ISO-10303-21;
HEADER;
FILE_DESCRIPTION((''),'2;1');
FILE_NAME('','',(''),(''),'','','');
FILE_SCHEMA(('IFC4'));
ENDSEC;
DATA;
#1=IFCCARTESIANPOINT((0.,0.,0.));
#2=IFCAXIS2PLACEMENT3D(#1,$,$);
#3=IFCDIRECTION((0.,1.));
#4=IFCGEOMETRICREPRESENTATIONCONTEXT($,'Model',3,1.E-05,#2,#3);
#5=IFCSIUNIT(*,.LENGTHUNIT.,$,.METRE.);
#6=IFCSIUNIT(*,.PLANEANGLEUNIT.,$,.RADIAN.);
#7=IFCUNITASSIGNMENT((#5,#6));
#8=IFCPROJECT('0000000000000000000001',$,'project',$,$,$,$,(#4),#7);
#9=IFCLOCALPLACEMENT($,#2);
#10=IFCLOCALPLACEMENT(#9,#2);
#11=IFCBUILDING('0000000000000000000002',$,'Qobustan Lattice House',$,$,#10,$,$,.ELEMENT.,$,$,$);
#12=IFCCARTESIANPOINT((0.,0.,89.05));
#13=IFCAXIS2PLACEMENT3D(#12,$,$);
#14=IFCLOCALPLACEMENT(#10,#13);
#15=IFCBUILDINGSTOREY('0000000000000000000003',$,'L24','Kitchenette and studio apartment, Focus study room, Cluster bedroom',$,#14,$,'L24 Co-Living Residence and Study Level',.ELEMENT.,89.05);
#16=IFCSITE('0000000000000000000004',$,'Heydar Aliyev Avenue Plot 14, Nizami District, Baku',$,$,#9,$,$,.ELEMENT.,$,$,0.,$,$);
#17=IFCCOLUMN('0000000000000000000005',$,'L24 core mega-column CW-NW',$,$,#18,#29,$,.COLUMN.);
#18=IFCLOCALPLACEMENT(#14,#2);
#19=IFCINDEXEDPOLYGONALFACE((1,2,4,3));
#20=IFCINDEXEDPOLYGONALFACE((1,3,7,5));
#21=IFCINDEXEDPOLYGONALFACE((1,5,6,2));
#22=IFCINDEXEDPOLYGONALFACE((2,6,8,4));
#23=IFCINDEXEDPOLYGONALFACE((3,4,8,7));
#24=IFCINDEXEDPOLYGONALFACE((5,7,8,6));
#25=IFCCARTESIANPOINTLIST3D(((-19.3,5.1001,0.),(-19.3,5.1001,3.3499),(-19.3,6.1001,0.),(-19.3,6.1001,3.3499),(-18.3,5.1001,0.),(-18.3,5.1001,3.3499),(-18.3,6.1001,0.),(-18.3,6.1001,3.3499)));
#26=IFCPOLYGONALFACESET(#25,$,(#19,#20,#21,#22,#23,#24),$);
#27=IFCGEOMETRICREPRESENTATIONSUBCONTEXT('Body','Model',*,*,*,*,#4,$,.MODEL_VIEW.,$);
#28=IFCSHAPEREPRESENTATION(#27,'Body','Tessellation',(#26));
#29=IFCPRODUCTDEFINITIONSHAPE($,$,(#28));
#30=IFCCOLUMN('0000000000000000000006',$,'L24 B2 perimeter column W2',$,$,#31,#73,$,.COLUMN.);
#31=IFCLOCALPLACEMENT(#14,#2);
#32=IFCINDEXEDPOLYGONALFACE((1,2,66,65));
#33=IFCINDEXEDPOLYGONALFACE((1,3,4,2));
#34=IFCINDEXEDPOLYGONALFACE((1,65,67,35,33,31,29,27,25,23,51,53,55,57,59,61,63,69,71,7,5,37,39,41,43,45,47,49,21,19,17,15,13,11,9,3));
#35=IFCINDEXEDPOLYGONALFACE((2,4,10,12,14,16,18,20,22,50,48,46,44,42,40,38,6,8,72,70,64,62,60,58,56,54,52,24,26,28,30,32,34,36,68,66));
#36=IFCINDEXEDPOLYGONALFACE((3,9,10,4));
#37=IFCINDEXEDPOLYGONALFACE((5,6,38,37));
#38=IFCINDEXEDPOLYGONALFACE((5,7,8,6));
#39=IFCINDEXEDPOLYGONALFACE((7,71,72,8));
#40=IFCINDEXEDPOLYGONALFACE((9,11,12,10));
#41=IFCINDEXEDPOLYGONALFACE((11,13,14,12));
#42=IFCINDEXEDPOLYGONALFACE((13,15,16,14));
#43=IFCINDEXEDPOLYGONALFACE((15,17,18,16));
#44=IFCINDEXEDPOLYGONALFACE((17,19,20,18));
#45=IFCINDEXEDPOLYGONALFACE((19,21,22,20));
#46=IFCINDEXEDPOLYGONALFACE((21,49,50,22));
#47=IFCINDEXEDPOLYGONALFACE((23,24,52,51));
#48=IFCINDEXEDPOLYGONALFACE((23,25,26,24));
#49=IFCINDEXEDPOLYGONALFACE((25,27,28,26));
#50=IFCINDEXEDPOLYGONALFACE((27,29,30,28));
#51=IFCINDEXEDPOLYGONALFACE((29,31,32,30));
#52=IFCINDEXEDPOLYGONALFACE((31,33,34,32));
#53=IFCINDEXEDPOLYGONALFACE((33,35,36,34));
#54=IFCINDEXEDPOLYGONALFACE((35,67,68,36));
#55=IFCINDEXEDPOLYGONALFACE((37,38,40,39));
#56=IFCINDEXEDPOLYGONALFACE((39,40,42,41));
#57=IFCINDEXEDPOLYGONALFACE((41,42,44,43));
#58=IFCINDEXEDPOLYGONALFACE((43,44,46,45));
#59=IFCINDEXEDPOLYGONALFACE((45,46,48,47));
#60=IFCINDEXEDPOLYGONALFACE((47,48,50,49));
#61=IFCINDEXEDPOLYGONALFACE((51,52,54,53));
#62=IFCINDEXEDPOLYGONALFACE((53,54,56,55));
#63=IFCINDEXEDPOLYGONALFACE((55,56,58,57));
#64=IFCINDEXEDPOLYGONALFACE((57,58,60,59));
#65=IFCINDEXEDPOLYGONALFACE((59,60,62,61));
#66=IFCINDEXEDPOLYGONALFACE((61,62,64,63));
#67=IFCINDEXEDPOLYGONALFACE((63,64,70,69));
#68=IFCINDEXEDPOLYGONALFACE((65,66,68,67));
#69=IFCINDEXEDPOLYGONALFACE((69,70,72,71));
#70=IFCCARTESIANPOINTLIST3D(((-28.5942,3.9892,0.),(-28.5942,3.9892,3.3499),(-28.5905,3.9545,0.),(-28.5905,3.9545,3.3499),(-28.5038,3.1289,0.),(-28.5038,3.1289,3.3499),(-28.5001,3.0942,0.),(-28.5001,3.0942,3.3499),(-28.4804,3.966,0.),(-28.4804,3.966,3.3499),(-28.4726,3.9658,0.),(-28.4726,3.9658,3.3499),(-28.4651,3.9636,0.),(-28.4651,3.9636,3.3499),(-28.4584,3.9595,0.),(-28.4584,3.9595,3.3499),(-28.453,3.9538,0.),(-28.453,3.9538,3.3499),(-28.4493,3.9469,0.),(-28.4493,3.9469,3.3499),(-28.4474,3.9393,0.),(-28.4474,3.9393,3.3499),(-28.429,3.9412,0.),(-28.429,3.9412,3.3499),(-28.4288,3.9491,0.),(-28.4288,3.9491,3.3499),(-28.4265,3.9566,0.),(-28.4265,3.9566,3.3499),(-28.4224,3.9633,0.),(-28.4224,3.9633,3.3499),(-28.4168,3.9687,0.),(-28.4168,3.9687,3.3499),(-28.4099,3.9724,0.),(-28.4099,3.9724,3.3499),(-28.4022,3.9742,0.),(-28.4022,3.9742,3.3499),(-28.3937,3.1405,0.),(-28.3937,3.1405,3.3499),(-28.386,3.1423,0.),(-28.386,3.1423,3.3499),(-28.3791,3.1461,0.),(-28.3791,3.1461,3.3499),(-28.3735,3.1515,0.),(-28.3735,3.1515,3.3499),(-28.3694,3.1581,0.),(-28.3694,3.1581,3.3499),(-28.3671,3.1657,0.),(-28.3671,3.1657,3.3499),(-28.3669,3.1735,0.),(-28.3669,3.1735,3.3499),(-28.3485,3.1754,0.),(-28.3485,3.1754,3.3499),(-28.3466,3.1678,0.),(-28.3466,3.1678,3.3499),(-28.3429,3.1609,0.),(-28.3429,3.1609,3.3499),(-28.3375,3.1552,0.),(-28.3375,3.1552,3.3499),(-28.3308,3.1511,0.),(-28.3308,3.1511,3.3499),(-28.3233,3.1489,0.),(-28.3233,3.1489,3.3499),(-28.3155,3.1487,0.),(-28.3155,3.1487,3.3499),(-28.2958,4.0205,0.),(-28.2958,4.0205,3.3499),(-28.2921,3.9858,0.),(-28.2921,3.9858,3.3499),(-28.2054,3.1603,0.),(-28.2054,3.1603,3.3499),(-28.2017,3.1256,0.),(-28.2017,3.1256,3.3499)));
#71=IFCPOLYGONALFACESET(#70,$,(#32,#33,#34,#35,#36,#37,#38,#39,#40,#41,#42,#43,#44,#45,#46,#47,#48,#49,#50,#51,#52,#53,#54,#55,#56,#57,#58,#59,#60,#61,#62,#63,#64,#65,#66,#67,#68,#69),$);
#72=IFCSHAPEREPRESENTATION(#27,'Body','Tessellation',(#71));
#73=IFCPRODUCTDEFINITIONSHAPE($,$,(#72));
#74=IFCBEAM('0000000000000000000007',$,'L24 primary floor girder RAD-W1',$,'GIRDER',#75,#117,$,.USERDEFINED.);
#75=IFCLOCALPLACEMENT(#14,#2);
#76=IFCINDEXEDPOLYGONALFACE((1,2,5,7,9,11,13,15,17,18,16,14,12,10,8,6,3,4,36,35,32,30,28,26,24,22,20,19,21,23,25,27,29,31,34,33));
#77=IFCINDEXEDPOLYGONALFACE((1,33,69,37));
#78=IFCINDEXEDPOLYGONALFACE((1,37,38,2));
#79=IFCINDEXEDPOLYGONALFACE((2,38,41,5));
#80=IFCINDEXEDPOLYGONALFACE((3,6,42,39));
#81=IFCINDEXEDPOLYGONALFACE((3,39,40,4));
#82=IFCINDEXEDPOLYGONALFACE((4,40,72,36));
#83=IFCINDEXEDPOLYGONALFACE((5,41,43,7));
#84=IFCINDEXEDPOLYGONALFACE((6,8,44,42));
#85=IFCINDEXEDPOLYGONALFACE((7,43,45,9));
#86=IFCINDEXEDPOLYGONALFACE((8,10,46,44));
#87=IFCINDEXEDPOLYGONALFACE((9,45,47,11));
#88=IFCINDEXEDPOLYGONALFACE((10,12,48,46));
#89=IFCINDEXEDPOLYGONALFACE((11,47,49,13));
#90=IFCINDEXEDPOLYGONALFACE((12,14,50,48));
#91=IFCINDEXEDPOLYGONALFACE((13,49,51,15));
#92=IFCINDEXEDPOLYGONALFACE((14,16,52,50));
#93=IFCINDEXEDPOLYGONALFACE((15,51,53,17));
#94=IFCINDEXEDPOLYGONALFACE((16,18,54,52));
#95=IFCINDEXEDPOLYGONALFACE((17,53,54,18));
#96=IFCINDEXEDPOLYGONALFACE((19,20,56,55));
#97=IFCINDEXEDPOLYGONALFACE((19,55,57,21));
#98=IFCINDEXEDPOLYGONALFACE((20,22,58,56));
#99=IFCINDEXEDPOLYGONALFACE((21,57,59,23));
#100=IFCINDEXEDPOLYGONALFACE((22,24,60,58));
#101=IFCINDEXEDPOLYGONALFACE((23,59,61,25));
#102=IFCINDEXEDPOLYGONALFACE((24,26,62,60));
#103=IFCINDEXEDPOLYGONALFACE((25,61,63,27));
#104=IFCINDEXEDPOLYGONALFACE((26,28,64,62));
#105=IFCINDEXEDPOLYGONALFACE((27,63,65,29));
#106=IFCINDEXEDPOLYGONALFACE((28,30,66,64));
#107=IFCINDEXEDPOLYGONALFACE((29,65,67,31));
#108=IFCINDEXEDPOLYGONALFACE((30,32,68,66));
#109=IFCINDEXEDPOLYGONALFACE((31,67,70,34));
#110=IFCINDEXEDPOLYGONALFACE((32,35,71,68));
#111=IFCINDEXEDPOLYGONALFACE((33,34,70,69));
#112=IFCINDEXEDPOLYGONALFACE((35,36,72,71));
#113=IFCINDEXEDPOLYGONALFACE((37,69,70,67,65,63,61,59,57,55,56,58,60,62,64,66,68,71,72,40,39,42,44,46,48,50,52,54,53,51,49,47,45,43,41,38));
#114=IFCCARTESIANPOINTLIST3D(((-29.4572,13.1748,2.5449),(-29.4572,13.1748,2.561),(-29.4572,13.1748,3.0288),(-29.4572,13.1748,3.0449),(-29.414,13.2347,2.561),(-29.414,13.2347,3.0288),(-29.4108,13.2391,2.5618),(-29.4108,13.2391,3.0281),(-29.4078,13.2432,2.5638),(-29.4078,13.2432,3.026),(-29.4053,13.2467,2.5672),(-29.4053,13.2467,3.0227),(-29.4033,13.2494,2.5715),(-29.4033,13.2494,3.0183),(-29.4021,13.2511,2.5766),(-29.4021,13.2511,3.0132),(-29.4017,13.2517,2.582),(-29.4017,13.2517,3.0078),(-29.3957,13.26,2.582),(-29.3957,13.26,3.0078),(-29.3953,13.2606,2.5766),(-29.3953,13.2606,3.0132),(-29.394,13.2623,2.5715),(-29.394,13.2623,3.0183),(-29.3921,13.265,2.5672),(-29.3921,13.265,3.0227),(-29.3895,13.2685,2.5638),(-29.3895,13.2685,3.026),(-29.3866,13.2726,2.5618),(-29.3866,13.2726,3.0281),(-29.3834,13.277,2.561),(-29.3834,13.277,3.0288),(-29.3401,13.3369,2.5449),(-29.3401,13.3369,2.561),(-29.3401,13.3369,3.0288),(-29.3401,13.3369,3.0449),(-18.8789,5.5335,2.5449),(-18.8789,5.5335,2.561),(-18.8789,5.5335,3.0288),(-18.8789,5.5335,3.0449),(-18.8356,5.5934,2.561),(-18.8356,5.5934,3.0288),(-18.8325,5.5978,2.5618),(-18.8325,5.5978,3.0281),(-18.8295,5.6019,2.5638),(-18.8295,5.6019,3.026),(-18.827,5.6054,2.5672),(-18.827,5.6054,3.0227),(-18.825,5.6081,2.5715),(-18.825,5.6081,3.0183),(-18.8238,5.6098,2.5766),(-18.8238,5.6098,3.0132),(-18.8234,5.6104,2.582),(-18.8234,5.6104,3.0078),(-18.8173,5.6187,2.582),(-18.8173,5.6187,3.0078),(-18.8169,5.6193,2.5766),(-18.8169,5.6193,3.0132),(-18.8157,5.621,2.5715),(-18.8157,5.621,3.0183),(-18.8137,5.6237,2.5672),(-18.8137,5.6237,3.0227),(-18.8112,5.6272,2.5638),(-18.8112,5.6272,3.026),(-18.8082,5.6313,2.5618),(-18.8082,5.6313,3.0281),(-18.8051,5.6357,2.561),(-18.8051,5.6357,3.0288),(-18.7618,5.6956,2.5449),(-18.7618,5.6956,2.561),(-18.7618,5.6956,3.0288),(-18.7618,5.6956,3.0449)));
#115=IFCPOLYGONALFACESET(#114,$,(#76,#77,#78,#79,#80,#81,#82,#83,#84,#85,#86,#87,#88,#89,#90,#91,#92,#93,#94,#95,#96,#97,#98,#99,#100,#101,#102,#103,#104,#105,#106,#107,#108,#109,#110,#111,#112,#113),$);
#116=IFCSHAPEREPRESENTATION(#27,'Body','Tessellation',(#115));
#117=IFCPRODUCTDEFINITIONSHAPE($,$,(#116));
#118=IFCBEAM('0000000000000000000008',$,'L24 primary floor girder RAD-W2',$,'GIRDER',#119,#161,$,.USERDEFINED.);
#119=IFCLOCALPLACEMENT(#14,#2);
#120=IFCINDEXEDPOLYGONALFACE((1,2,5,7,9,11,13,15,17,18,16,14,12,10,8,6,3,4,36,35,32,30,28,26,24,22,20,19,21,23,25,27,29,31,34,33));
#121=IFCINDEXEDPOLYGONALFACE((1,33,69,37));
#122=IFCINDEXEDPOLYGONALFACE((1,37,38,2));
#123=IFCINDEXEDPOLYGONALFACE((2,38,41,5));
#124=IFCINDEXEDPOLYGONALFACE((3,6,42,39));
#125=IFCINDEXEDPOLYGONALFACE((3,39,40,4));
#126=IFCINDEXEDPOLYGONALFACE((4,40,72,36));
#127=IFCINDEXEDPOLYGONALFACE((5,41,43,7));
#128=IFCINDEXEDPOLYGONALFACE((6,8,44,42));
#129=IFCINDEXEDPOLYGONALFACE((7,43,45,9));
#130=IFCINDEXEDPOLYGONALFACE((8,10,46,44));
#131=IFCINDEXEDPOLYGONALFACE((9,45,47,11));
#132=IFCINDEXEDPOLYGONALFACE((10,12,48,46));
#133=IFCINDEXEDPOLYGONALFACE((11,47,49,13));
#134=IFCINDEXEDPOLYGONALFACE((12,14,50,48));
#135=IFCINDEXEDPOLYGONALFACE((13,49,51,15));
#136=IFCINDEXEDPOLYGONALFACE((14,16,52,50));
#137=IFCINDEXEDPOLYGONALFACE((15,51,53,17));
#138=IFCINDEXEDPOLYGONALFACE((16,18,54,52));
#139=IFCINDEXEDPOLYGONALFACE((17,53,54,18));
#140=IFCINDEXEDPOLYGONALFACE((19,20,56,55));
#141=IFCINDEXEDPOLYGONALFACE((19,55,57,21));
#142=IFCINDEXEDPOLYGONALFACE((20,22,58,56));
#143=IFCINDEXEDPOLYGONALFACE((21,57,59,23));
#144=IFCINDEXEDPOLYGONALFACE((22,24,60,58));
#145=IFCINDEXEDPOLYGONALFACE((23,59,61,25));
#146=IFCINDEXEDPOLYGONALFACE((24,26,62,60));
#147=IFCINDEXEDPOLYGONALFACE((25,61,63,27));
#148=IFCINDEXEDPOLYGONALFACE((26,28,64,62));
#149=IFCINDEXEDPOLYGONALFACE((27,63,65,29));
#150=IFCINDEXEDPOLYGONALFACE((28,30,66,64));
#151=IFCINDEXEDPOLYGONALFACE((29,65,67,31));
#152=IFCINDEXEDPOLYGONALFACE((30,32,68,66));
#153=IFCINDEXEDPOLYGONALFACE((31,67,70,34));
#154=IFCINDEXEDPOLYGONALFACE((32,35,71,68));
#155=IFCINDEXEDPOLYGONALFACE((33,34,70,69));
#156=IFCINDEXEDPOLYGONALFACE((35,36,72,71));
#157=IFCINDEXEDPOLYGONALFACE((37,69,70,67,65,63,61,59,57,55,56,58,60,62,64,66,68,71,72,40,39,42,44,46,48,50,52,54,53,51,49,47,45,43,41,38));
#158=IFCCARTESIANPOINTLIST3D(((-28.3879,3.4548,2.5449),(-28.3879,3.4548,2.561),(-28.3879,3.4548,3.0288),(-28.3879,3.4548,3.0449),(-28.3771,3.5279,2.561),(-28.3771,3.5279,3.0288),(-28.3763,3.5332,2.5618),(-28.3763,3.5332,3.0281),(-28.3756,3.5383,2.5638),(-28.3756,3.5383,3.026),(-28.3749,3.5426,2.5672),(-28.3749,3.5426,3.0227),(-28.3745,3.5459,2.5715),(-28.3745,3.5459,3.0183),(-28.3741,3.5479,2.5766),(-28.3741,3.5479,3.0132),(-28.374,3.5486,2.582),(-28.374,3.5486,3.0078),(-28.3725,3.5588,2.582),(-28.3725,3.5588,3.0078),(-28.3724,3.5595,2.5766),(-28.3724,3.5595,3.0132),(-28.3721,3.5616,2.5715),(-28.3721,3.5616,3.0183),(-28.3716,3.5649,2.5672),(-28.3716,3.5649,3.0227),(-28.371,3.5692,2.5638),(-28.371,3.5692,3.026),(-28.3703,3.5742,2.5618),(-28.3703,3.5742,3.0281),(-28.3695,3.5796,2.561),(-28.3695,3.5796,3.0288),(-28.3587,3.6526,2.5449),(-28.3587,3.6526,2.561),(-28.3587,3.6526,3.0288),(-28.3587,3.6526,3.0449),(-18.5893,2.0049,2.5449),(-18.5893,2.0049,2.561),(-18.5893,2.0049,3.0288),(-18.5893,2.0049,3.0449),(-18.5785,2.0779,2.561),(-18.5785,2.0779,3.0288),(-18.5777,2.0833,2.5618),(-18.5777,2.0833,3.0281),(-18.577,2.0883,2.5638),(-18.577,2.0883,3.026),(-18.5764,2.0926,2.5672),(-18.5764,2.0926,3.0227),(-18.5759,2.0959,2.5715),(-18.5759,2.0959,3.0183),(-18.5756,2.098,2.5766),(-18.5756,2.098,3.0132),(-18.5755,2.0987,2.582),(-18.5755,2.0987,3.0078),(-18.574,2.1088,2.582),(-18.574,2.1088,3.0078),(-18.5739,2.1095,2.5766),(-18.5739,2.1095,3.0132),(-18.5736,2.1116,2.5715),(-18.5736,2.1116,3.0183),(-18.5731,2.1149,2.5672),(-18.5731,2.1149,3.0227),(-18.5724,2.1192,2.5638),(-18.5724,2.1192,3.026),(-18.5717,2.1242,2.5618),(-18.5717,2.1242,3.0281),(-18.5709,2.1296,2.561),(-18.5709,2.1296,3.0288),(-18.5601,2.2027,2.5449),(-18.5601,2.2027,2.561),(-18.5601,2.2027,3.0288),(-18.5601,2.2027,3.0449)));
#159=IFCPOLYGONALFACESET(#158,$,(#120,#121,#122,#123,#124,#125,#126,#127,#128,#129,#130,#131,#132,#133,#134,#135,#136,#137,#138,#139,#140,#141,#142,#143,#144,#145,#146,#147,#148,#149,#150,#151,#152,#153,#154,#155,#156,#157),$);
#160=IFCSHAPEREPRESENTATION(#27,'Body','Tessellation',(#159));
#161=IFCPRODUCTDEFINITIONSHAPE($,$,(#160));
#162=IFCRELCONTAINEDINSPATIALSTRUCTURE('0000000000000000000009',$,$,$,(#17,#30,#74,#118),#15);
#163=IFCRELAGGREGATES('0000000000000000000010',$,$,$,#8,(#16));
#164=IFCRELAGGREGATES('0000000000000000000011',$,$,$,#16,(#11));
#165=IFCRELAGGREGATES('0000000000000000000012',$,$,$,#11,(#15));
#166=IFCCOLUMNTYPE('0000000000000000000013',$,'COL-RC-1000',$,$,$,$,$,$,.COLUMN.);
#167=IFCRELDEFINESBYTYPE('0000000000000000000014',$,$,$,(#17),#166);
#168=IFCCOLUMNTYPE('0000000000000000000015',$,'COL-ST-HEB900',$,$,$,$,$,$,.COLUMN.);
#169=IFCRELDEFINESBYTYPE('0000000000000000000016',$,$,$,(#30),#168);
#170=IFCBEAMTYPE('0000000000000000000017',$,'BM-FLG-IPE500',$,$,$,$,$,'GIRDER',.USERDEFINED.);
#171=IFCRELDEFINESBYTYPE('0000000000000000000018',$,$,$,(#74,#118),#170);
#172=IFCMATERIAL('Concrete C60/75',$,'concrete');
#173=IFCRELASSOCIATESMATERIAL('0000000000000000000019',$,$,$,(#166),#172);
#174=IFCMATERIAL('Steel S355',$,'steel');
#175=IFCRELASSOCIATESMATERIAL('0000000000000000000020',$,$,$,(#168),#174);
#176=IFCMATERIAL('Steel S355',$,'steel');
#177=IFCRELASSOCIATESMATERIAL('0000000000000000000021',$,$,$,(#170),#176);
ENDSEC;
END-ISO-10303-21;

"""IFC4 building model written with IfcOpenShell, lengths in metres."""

from ifc_helpers import new_model, si_unit, direction, frame, origin, origin_2d, place, context, subcontext, project, spatial, rectangle, i_section, extrude, material, material_profile, profile_set, type_object, element, save


model = new_model("IFC4")

# Units and contexts
model_context = context("Model", 3, precision=1e-05, world=origin(), true_north=direction((0.0, 1.0)))
body_context = subcontext(model_context, "Body", "Model", "MODEL_VIEW")
ifc_project = project(units=[si_unit("LENGTHUNIT", "METRE"), si_unit("PLANEANGLEUNIT", "RADIAN")], contexts=[model_context])

# Site, building, storey
site_placement = place(None, origin())
site = spatial("IfcSite", under=ifc_project, at=site_placement, Name="Heydar Aliyev Avenue Plot 14, Nizami District, Baku", CompositionType="ELEMENT", RefElevation=0.0)
building_placement = place(site_placement, origin())
building = spatial("IfcBuilding", under=site, at=building_placement, Name="Qobustan Lattice House", CompositionType="ELEMENT")
storey_placement = place(building_placement, frame((0.0, 0.0, 89.05)))
storey = spatial("IfcBuildingStorey", under=building, at=storey_placement, Name="L24", Description="Kitchenette and studio apartment, Focus study room, Cluster bedroom", LongName="L24 Co-Living Residence and Study Level", CompositionType="ELEMENT", Elevation=89.05)

# Columns
ifc_material_1 = material(Name="Concrete C60/75", Category="concrete")
ifc_material_profile_1 = material_profile(ifc_material_1, rectangle(XDim=1.0, YDim=1.0, at=origin_2d()), Name="RC1000x1000")
ifc_profile_set_1 = profile_set([ifc_material_profile_1], Name="Concrete C60/75")
column_type_1 = type_object("IfcColumnType", Name="COL-RC-1000", PredefinedType="COLUMN", material=ifc_profile_set_1)
column_1_placement = place(storey_placement, frame((-18.8, 5.6001, 0.0), z_axis=(0.0, 0.0, 1.0), x_axis=(1.0, 0.0, 0.0)))
element("IfcColumn", 1, at=column_1_placement, inside=storey, type_object=column_type_1, Name="L24 core mega-column CW-NW", PredefinedType="COLUMN", context=body_context, shape_type="SweptSolid", body=[
    extrude(rectangle(XDim=1.0, YDim=1.0, at=origin_2d()), origin(), (0.0, 0.0, 1.0), 3.3499),
])
ifc_material_2 = material(Name="Steel S355", Category="steel")
ifc_material_profile_2 = material_profile(ifc_material_2, i_section(OverallWidth=0.3, OverallDepth=0.8999, WebThickness=0.0186, FlangeThickness=0.0349, FilletRadius=0.03, at=origin_2d()), Name="HEB900")
ifc_profile_set_2 = profile_set([ifc_material_profile_2], Name="Steel S355")
column_type_2 = type_object("IfcColumnType", Name="COL-ST-HEB900", PredefinedType="COLUMN", material=ifc_profile_set_2)
column_2_placement = place(storey_placement, frame((-28.3979, 3.5574, 0.0), z_axis=(0.0, 0.0, 1.0), x_axis=(0.994522, 0.104528, 0.0)))
element("IfcColumn", 2, at=column_2_placement, inside=storey, type_object=column_type_2, Name="L24 B2 perimeter column W2", PredefinedType="COLUMN", context=body_context, shape_type="SweptSolid", body=[
    extrude(i_section(OverallWidth=0.3, OverallDepth=0.8999, WebThickness=0.0186, FlangeThickness=0.0349, FilletRadius=0.03, at=origin_2d()), origin(), (0.0, 0.0, 1.0), 3.3499),
])

# Beams
ifc_material_3 = material(Name="Steel S355", Category="steel")
ifc_material_profile_3 = material_profile(ifc_material_3, i_section(OverallWidth=0.2, OverallDepth=0.5, WebThickness=0.0103, FlangeThickness=0.0161, FilletRadius=0.021, at=origin_2d()), Name="IPE500")
ifc_profile_set_3 = profile_set([ifc_material_profile_3], Name="Steel S355")
beam_type_1 = type_object("IfcBeamType", Name="BM-FLG-IPE500", ElementType="GIRDER", PredefinedType="USERDEFINED", material=ifc_profile_set_3)
beam_1_placement = place(storey_placement, frame((-29.3987, 13.2559, 2.7949), z_axis=(0.810627, -0.585562, 0.0), x_axis=(0.585562, 0.810627, 0.0)))
element("IfcBeam", 3, at=beam_1_placement, inside=storey, type_object=beam_type_1, Name="L24 primary floor girder RAD-W1", ObjectType="GIRDER", PredefinedType="USERDEFINED", context=body_context, shape_type="SweptSolid", body=[
    extrude(i_section(OverallWidth=0.2, OverallDepth=0.5, WebThickness=0.0103, FlangeThickness=0.0161, FilletRadius=0.021, at=origin_2d()), origin(), (0.0, 0.0, 1.0), 13.0496),
])
beam_2_placement = place(storey_placement, frame((-28.3733, 3.5537, 2.7949), z_axis=(0.989228, -0.146382, 0.0), x_axis=(0.146382, 0.989228, 0.0)))
element("IfcBeam", 4, at=beam_2_placement, inside=storey, type_object=beam_type_1, Name="L24 primary floor girder RAD-W2", ObjectType="GIRDER", PredefinedType="USERDEFINED", context=body_context, shape_type="SweptSolid", body=[
    extrude(i_section(OverallWidth=0.2, OverallDepth=0.5, WebThickness=0.0103, FlangeThickness=0.0161, FilletRadius=0.021, at=origin_2d()), origin(), (0.0, 0.0, 1.0), 9.9053),
])

save(model, "model.ifc")
